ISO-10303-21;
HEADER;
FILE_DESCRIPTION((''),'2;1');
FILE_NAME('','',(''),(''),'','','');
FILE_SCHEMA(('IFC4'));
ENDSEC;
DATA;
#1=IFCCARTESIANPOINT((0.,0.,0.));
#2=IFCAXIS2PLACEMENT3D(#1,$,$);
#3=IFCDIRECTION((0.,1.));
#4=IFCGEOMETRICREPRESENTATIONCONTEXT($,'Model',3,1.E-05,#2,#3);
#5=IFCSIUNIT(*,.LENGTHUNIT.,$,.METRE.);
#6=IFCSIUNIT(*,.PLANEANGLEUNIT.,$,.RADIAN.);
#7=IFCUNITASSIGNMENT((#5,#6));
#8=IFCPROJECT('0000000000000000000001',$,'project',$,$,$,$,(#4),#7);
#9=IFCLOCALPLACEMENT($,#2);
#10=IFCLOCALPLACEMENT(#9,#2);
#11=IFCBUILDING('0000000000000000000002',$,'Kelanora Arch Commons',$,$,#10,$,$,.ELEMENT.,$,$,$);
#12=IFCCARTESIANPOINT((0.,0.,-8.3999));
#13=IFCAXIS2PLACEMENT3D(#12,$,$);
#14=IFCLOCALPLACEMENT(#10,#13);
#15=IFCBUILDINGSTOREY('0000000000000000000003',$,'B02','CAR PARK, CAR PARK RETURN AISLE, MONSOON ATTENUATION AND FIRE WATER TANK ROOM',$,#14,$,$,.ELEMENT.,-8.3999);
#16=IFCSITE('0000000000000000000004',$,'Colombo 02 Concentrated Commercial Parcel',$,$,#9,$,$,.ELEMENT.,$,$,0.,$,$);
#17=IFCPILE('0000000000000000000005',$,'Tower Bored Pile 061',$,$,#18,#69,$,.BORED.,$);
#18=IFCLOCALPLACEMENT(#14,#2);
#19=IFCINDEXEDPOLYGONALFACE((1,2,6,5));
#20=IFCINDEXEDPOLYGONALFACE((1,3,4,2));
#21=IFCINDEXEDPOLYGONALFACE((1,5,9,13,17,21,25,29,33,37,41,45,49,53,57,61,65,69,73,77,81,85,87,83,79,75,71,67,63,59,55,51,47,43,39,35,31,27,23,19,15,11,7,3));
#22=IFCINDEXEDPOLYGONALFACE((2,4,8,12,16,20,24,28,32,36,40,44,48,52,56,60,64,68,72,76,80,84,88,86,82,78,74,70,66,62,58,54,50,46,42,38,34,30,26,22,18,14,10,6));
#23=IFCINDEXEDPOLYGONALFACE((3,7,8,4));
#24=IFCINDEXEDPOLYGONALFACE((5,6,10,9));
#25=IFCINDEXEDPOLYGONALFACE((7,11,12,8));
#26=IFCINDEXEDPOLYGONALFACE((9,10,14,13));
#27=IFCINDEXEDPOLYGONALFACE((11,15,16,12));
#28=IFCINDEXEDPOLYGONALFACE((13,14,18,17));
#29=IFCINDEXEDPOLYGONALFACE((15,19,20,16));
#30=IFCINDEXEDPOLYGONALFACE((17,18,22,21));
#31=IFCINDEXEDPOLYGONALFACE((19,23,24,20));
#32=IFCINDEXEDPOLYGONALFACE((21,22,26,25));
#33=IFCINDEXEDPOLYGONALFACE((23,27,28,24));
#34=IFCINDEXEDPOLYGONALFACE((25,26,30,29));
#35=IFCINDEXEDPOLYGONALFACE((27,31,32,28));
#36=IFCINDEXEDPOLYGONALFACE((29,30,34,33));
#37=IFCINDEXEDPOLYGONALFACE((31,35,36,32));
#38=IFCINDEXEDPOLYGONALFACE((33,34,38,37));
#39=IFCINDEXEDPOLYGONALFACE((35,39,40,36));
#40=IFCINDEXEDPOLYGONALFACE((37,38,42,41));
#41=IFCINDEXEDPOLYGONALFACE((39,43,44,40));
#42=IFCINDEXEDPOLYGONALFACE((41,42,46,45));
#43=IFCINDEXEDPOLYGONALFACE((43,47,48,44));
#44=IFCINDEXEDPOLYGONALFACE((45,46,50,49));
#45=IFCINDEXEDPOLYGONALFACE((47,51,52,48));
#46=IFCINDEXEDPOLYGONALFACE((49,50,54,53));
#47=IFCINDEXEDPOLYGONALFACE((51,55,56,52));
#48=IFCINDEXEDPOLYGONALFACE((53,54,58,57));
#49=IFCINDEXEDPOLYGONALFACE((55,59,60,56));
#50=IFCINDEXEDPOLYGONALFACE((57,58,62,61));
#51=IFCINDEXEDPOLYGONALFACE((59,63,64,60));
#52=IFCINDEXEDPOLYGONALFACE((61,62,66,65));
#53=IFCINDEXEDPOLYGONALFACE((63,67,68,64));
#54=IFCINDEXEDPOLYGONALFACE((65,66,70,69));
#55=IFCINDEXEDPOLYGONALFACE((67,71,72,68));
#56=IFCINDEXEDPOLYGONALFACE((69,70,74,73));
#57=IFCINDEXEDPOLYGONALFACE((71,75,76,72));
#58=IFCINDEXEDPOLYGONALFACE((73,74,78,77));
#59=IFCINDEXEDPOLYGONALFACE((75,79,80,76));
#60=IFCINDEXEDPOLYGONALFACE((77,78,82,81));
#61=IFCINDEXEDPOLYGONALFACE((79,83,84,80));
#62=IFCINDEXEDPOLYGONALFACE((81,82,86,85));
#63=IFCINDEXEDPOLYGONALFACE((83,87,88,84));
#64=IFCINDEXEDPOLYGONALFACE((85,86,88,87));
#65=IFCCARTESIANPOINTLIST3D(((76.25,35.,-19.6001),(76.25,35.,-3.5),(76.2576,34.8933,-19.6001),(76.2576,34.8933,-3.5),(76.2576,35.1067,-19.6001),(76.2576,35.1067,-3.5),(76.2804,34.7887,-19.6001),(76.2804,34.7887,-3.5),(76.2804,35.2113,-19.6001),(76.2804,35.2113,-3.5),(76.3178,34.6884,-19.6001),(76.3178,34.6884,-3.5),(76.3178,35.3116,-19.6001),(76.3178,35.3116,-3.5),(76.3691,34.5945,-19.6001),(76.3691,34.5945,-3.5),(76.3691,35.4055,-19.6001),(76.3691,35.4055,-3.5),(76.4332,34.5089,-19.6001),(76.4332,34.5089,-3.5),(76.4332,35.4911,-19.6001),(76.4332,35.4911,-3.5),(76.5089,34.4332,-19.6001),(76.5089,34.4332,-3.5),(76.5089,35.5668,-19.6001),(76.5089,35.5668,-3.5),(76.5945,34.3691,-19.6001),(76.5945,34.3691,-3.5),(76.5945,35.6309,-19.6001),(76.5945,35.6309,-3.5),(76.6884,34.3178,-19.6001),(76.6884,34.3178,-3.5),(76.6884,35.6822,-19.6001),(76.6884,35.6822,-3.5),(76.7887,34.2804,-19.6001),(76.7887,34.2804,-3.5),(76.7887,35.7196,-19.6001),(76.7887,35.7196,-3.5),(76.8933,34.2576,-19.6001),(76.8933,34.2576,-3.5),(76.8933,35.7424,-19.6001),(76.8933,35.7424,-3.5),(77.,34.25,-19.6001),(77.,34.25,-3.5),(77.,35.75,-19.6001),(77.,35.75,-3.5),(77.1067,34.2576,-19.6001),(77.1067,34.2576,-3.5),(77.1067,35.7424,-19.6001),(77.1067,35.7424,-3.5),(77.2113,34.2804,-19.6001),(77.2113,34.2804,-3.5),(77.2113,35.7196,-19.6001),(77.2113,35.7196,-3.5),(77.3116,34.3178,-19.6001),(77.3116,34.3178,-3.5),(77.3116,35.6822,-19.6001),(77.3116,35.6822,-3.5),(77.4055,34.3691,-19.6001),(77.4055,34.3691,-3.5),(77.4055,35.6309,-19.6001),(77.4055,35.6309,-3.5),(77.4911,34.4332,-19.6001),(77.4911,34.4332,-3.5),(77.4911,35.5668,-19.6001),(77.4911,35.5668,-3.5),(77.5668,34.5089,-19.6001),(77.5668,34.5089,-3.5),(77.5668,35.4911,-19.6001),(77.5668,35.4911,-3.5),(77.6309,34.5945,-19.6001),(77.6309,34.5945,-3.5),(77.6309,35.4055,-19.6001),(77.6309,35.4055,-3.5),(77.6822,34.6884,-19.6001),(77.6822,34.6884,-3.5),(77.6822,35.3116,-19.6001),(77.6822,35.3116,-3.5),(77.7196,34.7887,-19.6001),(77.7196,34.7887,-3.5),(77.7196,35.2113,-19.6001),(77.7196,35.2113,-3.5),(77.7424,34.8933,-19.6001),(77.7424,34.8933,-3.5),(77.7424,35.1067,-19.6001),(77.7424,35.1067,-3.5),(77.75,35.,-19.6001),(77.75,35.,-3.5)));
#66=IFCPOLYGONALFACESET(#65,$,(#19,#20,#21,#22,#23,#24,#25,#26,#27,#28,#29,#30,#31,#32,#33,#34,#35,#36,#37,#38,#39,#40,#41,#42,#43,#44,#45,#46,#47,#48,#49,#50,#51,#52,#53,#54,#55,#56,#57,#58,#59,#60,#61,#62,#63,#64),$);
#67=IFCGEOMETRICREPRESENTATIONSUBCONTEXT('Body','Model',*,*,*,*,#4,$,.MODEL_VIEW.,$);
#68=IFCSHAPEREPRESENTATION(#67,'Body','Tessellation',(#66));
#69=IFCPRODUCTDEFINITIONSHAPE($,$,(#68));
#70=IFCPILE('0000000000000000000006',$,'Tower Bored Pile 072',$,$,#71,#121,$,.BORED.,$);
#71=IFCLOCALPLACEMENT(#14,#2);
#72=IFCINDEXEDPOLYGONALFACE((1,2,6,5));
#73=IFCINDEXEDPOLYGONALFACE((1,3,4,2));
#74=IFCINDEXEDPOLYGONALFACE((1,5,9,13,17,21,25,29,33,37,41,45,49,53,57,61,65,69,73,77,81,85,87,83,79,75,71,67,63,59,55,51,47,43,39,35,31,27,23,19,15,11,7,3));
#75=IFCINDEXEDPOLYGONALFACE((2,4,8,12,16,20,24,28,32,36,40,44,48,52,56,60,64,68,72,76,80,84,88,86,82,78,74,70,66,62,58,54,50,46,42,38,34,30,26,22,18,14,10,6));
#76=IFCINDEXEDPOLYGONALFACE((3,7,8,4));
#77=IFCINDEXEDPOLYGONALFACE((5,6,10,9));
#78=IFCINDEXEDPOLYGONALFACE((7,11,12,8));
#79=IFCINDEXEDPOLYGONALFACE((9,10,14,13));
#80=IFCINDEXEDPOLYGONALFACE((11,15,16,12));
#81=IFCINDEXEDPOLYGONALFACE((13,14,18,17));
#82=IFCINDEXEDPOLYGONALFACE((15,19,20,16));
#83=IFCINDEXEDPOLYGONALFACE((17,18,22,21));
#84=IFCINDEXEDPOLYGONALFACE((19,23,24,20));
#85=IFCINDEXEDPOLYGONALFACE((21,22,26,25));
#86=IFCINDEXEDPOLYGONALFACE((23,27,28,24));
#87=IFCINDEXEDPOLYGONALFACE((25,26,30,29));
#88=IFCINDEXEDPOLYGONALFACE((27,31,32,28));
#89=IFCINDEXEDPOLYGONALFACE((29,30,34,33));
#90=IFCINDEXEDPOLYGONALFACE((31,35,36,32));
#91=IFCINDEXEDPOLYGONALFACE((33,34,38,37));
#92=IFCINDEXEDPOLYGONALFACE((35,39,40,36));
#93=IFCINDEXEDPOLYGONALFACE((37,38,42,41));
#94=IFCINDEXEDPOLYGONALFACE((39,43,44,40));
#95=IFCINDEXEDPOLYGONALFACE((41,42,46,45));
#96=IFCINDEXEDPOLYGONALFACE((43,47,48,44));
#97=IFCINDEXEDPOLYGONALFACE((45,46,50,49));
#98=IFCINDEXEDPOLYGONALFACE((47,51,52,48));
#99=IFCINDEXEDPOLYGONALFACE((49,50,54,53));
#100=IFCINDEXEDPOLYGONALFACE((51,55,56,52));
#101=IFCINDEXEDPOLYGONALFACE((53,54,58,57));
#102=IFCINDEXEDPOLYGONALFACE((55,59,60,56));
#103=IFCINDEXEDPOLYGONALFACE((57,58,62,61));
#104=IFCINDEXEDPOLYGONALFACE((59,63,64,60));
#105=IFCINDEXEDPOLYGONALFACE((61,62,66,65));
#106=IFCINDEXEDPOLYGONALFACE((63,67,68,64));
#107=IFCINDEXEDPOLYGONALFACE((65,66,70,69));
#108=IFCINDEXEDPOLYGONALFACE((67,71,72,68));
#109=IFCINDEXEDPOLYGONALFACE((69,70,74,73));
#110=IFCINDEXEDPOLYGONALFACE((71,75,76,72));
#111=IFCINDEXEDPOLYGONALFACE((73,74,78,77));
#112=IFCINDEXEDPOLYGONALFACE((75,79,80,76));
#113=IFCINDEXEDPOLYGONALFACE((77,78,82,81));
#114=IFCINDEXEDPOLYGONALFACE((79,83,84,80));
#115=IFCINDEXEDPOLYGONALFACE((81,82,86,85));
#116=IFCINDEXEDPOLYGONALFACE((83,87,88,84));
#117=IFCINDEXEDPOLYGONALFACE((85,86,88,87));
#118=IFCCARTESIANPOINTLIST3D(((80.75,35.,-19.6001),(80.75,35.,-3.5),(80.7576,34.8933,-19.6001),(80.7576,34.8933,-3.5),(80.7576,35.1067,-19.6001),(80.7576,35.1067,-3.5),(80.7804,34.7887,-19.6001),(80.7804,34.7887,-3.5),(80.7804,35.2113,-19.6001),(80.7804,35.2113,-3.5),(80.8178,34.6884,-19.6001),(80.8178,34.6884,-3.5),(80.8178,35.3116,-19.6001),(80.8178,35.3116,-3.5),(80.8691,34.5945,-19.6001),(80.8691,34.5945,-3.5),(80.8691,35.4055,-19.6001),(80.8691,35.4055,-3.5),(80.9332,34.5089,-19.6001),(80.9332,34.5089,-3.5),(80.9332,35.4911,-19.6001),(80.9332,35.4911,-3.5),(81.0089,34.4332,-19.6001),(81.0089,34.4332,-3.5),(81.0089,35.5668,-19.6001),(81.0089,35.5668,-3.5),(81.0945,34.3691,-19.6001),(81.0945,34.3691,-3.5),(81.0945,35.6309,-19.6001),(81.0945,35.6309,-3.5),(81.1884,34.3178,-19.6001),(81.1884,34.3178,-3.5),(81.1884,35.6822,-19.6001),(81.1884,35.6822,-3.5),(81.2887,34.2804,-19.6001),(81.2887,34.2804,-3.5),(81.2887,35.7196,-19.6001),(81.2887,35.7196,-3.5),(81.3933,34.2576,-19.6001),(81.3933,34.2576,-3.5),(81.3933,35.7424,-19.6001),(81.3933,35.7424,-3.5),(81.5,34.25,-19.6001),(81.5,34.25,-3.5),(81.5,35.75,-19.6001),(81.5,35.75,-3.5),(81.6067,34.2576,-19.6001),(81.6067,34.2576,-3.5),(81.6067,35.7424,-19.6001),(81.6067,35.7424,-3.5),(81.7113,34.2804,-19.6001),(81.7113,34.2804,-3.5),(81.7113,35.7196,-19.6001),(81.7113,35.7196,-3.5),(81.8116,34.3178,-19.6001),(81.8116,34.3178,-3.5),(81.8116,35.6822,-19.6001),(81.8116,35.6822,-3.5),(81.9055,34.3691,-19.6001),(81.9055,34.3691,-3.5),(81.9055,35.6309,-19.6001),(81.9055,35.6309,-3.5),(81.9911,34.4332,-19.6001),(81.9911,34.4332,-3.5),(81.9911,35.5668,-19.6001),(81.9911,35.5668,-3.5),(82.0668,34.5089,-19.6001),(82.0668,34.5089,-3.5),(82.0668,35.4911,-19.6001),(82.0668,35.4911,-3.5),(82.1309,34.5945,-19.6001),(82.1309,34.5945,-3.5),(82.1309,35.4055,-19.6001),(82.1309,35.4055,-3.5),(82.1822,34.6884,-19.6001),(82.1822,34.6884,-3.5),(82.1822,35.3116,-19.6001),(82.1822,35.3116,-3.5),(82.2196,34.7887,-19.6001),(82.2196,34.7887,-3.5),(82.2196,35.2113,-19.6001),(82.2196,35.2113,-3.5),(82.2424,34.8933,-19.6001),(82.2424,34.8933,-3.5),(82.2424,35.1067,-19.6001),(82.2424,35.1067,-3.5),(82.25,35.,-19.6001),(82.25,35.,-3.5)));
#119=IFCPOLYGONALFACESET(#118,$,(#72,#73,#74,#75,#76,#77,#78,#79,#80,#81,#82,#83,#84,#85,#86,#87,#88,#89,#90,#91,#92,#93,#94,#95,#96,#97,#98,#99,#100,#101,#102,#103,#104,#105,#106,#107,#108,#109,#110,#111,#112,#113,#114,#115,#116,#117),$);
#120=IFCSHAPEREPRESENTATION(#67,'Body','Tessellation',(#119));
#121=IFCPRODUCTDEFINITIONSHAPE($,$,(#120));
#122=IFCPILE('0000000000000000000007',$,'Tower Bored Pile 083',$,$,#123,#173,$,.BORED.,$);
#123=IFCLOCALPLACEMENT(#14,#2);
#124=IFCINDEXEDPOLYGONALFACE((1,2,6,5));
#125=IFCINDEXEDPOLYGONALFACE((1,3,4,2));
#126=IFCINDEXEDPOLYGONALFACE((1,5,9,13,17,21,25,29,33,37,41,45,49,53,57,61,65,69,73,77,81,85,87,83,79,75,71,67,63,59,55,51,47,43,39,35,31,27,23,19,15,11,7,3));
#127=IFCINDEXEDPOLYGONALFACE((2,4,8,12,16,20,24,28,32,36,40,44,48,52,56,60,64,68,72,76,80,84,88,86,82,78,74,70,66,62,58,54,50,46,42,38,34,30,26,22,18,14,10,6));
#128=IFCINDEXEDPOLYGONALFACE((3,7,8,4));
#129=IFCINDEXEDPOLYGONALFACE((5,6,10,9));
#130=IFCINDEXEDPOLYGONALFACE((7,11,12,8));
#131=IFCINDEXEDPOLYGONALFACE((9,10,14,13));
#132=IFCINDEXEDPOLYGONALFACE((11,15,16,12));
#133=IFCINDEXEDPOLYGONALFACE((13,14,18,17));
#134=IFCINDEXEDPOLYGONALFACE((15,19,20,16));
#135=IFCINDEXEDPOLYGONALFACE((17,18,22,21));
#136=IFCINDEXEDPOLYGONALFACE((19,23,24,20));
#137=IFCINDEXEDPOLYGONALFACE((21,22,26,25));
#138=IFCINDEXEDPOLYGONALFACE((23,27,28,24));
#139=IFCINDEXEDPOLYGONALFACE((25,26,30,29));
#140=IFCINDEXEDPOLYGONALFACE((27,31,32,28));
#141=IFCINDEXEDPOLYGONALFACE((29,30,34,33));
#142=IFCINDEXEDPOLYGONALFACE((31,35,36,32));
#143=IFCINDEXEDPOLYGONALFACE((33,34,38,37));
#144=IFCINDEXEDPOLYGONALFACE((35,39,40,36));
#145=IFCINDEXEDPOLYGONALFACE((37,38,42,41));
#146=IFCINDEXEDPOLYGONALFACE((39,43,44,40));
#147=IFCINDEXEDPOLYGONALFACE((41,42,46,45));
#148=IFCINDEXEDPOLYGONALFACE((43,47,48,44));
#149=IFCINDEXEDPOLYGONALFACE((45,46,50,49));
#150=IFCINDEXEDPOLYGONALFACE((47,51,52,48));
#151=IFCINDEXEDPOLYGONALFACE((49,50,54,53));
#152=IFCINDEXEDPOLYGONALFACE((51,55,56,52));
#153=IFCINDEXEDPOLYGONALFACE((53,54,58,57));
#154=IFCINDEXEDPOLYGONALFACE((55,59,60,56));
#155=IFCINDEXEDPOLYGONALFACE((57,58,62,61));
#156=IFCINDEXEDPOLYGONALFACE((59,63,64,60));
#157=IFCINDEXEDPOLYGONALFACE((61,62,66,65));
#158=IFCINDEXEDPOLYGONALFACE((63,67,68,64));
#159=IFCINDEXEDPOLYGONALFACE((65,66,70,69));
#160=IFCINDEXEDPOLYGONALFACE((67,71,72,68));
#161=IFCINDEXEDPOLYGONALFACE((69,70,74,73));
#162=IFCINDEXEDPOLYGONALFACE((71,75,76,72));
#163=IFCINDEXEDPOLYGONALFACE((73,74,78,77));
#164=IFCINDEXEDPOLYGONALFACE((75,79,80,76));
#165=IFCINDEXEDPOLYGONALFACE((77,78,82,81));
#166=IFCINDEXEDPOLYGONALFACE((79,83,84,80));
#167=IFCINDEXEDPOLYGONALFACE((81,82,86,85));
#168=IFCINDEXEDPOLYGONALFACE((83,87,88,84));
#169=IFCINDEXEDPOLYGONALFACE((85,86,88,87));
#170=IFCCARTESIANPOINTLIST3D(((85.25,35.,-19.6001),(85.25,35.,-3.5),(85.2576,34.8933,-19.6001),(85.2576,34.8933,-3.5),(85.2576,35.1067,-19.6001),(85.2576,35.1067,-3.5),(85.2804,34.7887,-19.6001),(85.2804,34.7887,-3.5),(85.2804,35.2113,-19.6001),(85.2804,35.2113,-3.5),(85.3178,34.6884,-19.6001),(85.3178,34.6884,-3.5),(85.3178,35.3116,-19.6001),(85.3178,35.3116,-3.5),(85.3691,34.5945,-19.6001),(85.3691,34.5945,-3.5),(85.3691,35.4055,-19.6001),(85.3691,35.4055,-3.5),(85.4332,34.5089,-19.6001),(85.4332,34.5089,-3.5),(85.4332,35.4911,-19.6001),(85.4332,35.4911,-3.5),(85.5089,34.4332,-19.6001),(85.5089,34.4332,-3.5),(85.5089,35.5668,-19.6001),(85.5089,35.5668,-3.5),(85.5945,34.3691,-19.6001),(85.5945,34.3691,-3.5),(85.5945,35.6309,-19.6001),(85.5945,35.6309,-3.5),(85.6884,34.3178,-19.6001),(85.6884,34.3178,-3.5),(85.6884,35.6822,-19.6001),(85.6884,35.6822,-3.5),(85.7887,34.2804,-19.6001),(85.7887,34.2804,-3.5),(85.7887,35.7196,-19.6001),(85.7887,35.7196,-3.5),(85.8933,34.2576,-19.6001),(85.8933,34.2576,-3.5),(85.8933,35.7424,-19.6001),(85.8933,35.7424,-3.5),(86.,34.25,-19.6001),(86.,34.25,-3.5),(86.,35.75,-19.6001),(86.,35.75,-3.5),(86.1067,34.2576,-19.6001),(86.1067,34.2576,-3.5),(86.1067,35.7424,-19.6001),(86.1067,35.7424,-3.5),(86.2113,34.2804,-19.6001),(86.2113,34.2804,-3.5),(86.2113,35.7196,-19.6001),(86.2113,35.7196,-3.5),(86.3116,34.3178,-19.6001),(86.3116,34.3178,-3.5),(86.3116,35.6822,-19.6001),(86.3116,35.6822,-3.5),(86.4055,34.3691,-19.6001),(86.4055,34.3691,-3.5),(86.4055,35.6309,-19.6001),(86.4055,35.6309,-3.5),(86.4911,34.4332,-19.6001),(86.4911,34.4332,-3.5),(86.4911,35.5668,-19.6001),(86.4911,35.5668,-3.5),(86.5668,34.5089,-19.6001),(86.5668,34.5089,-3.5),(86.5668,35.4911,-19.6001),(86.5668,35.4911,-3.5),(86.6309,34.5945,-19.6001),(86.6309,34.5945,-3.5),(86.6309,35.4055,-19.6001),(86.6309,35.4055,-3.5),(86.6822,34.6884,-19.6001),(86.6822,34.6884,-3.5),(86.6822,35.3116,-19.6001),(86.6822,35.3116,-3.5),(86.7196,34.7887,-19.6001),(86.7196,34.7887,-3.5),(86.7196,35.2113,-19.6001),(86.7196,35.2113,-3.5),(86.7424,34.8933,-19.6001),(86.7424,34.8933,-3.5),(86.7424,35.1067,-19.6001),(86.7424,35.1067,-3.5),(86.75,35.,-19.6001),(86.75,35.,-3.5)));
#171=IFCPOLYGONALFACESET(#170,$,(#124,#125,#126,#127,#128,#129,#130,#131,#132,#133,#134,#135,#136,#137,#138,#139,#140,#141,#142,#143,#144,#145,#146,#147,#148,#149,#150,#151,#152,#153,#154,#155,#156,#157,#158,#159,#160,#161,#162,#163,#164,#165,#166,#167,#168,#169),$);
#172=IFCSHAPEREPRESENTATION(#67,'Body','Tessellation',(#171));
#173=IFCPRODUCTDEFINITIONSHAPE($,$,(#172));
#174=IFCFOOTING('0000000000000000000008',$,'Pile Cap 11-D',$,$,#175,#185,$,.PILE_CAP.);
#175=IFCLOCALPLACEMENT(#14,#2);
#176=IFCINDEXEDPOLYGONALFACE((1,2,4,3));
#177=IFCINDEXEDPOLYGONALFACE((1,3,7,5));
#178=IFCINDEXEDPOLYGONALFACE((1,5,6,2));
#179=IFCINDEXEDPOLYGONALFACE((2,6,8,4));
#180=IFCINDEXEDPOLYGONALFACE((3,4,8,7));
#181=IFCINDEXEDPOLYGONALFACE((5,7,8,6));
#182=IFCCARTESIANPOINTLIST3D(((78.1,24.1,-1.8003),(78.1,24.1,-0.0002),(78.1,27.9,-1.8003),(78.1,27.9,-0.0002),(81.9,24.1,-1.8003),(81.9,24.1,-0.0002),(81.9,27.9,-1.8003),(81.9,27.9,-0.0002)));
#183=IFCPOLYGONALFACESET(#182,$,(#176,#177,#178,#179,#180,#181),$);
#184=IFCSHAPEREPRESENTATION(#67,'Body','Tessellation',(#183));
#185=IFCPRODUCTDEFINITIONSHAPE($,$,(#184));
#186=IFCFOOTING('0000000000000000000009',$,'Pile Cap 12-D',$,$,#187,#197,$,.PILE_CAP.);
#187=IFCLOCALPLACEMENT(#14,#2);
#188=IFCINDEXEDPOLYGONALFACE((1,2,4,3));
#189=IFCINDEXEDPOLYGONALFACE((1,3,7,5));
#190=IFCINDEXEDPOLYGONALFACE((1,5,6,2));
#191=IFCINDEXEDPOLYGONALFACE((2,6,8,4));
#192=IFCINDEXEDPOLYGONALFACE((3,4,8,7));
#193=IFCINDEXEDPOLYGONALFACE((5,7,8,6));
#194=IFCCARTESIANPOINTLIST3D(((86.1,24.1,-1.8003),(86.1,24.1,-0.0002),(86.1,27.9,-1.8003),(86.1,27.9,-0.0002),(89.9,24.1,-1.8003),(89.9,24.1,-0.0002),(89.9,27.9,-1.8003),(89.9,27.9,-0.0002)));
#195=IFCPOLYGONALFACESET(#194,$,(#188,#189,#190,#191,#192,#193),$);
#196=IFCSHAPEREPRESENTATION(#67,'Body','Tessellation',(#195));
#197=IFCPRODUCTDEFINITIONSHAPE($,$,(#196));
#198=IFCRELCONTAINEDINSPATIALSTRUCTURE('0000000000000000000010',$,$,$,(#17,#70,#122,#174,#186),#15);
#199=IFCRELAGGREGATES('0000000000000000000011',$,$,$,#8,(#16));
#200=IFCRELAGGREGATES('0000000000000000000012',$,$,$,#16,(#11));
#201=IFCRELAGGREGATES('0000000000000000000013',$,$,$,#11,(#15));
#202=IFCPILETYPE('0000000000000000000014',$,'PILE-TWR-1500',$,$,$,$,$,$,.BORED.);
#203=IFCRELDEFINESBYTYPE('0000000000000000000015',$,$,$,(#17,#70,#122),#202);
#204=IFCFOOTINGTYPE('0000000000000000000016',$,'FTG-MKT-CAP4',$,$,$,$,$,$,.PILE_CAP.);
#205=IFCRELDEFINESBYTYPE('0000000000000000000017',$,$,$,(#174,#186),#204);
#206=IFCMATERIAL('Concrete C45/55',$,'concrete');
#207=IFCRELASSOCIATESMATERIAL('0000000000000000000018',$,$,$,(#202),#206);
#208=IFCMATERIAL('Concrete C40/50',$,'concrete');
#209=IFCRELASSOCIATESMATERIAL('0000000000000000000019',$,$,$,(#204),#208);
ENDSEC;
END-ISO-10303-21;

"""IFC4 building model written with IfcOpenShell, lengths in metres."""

from ifc_helpers import new_model, si_unit, direction, frame, origin, origin_2d, place, context, subcontext, project, spatial, rectangle, circle, extrude, source, transform, mapped, material, material_profile, profile_set, type_object, element, save


model = new_model("IFC4")

# Units and contexts
model_context = context("Model", 3, precision=1e-05, world=origin(), true_north=direction((0.0, 1.0)))
body_context = subcontext(model_context, "Body", "Model", "MODEL_VIEW")
ifc_project = project(units=[si_unit("LENGTHUNIT", "METRE"), si_unit("PLANEANGLEUNIT", "RADIAN")], contexts=[model_context])

# Site, building, storey
site_placement = place(None, origin())
site = spatial("IfcSite", under=ifc_project, at=site_placement, Name="Colombo 02 Concentrated Commercial Parcel", CompositionType="ELEMENT", RefElevation=0.0)
building_placement = place(site_placement, origin())
building = spatial("IfcBuilding", under=site, at=building_placement, Name="Kelanora Arch Commons", CompositionType="ELEMENT")
storey_placement = place(building_placement, frame((0.0, 0.0, -8.3999)))
storey = spatial("IfcBuildingStorey", under=building, at=storey_placement, Name="B02", Description="CAR PARK, CAR PARK RETURN AISLE, MONSOON ATTENUATION AND FIRE WATER TANK ROOM", CompositionType="ELEMENT", Elevation=-8.3999)

# Piles
ifc_material_1 = material(Name="Concrete C45/55", Category="concrete")
ifc_material_profile_1 = material_profile(ifc_material_1, circle(Radius=0.75, at=origin_2d()), Name="PILE1500")
ifc_profile_set_1 = profile_set([ifc_material_profile_1], Name="Concrete C45/55")
pile_type_1 = type_object("IfcPileType", Name="PILE-TWR-1500", PredefinedType="BORED", material=ifc_profile_set_1)
shared_shape_1 = source(origin(), body_context, "Body", "SweptSolid", [
    extrude(circle(Radius=0.75, at=origin_2d()), origin(), (0.0, 0.0, 1.0), 16.1001),
])
for number, where, z_axis, x_axis, name in (
    (1, (77.0, 35.0, -3.5), (0.0, 0.0, -1.0), (1.0, 0.0, 0.0), "Tower Bored Pile 061"),
    (2, (81.5, 35.0, -3.5), (0.0, 0.0, -1.0), (1.0, 0.0, 0.0), "Tower Bored Pile 072"),
    (3, (86.0, 35.0, -3.5), (0.0, 0.0, -1.0), (1.0, 0.0, 0.0), "Tower Bored Pile 083"),
):
    element("IfcPile", number, at=place(storey_placement, frame(where, z_axis=z_axis, x_axis=x_axis)), inside=storey, type_object=pile_type_1, Name=name, PredefinedType="BORED", context=body_context, shape_type="MappedRepresentation", body=[
        mapped(shared_shape_1, transform((0.0, 0.0, 0.0), scale=1.0)),
    ])

# Footings
ifc_material_2 = material(Name="Concrete C40/50", Category="concrete")
footing_type_1 = type_object("IfcFootingType", Name="FTG-MKT-CAP4", PredefinedType="PILE_CAP", material=ifc_material_2)
shared_shape_2 = source(origin(), body_context, "Body", "SweptSolid", [
    extrude(rectangle(XDim=3.8, YDim=3.8, at=origin_2d()), origin(), (0.0, 0.0, 1.0), 1.8),
])
for number, where, z_axis, x_axis, name in (
    (4, (80.0, 26.0, -1.8003), (0.0, 0.0, 1.0), (1.0, 0.0, 0.0), "Pile Cap 11-D"),
    (5, (88.0, 26.0, -1.8003), (0.0, 0.0, 1.0), (1.0, 0.0, 0.0), "Pile Cap 12-D"),
):
    element("IfcFooting", number, at=place(storey_placement, frame(where, z_axis=z_axis, x_axis=x_axis)), inside=storey, type_object=footing_type_1, Name=name, PredefinedType="PILE_CAP", context=body_context, shape_type="MappedRepresentation", body=[
        mapped(shared_shape_2, transform((0.0, 0.0, 0.0), scale=1.0)),
    ])

save(model, "model.ifc")
